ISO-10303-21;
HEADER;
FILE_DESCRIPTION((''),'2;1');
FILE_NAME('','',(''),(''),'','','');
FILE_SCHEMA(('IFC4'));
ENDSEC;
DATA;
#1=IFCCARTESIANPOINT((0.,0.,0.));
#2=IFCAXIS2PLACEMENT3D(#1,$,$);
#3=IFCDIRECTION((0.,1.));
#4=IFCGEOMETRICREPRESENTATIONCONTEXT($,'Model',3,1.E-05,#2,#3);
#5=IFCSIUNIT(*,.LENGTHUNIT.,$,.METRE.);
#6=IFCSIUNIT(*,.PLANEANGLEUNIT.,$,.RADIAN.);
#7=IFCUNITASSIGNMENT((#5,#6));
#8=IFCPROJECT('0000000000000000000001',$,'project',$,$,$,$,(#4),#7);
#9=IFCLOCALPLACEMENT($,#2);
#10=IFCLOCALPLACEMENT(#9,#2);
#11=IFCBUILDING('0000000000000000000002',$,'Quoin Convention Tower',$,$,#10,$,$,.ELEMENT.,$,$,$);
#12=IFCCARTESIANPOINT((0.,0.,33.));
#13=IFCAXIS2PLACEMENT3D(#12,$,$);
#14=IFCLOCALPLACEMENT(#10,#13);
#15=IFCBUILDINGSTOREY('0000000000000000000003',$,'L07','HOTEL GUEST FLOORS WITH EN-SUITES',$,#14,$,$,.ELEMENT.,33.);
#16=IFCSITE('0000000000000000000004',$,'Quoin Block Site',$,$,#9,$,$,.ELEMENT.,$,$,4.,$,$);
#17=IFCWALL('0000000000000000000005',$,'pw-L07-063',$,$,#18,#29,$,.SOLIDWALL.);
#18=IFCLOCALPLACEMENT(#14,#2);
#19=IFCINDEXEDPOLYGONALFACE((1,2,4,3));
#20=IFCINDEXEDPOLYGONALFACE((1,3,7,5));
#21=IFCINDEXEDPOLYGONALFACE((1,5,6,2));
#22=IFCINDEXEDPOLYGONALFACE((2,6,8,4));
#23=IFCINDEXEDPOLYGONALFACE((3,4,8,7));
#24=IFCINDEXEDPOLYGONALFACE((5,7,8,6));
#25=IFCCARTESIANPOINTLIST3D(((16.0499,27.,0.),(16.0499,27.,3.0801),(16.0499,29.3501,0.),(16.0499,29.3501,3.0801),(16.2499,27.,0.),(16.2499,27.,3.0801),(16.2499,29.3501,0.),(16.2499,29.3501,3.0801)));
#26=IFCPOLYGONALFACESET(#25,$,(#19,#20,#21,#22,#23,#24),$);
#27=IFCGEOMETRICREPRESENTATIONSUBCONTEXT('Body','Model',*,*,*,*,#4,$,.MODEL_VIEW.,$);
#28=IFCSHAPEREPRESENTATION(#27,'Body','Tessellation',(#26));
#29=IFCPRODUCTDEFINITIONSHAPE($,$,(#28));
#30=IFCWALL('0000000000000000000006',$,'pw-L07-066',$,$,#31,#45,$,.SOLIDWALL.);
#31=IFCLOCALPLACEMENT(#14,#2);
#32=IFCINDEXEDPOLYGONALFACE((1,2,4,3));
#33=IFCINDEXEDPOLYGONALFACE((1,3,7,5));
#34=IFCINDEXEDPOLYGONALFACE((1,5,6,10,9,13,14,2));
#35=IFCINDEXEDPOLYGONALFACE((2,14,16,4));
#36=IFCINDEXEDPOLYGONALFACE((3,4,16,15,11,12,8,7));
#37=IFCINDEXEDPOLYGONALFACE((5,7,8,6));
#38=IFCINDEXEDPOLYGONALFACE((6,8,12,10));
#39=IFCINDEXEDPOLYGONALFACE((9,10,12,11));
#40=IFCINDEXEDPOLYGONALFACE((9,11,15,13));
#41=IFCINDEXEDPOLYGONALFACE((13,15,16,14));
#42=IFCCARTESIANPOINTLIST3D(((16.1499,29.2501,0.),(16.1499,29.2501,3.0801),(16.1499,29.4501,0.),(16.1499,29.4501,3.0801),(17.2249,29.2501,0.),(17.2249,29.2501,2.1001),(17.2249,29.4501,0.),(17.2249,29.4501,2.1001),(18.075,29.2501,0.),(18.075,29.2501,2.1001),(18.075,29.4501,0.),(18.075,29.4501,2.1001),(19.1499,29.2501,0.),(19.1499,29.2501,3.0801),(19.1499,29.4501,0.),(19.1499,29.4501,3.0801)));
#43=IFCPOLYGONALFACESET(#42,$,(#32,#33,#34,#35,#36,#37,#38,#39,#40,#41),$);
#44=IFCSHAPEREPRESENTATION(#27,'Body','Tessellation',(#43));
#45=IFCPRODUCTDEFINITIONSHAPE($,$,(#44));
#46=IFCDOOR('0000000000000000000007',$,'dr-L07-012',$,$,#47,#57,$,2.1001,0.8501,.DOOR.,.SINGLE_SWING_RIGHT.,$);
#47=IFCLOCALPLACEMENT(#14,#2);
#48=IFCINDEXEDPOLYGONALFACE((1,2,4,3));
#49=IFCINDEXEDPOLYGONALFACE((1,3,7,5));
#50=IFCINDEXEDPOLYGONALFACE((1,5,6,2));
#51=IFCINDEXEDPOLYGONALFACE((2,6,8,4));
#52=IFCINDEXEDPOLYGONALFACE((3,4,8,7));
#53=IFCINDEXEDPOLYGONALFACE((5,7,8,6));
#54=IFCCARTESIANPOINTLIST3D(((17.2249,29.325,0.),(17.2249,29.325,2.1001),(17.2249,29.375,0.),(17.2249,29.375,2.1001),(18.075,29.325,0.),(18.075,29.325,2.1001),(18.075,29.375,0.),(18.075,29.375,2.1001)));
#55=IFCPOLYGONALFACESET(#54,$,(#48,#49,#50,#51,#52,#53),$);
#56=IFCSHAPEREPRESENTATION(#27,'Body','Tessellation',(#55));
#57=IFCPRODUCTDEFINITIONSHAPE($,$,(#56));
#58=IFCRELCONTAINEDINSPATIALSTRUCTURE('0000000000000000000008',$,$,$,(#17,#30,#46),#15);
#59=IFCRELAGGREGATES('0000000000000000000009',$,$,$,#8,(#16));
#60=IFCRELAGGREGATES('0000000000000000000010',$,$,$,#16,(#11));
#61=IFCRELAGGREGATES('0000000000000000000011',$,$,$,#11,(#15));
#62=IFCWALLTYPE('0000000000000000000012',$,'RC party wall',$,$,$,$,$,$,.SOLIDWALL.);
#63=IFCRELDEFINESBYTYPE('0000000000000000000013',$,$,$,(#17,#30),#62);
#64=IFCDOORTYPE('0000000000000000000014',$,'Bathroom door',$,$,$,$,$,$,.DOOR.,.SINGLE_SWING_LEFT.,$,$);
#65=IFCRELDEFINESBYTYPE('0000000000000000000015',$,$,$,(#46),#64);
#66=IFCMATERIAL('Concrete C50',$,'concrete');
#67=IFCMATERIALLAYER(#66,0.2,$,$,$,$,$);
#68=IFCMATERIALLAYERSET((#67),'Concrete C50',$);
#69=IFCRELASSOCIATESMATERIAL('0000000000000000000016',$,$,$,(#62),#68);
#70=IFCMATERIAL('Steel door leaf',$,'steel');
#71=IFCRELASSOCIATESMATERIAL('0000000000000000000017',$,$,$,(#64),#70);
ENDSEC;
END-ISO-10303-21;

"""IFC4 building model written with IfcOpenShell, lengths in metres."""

from ifc_helpers import new_model, si_unit, direction, frame, frame_2d, origin, place, context, subcontext, project, spatial, rectangle, extrude, material, layer, layer_set, type_object, element, fill, save


model = new_model("IFC4")

# Units and contexts
model_context = context("Model", 3, precision=1e-05, world=origin(), true_north=direction((0.0, 1.0)))
body_context = subcontext(model_context, "Body", "Model", "MODEL_VIEW")
ifc_project = project(units=[si_unit("LENGTHUNIT", "METRE"), si_unit("PLANEANGLEUNIT", "RADIAN")], contexts=[model_context])

# Site, building, storey
site_placement = place(None, origin())
site = spatial("IfcSite", under=ifc_project, at=site_placement, Name="Quoin Block Site", CompositionType="ELEMENT", RefElevation=4.0)
building_placement = place(site_placement, origin())
building = spatial("IfcBuilding", under=site, at=building_placement, Name="Quoin Convention Tower", CompositionType="ELEMENT")
storey_placement = place(building_placement, frame((0.0, 0.0, 33.0)))
storey = spatial("IfcBuildingStorey", under=building, at=storey_placement, Name="L07", Description="HOTEL GUEST FLOORS WITH EN-SUITES", CompositionType="ELEMENT", Elevation=33.0)

# Shared definitions
ifc_material_1 = material(Name="Concrete C50", Category="concrete")

# Shared definitions
ifc_layer_1 = layer(ifc_material_1, 0.2)
ifc_layer_set_1 = layer_set([ifc_layer_1], Name="Concrete C50")
wall_type_1 = type_object("IfcWallType", Name="RC party wall", PredefinedType="SOLIDWALL", material=ifc_layer_set_1)

# Shared definitions
ifc_material_2 = material(Name="Steel door leaf", Category="steel")
door_type = type_object("IfcDoorType", Name="Bathroom door", OperationType="SINGLE_SWING_LEFT", PredefinedType="DOOR", material=ifc_material_2)

# Wall
wall_1_placement = place(storey_placement, frame((16.1499, 27.0, 0.0), z_axis=(0.0, 0.0, 1.0), x_axis=(0.0, 1.0, 0.0)))
element("IfcWall", 1, at=wall_1_placement, inside=storey, type_object=wall_type_1, Name="pw-L07-063", PredefinedType="SOLIDWALL", context=body_context, shape_type="SweptSolid", body=[
    extrude(rectangle(XDim=2.3501, YDim=0.2, at=frame_2d((1.175, 0.0))), origin(), (0.0, 0.0, 1.0), 3.0801),
])

# Wall, opening, door
wall_2_placement = place(storey_placement, frame((16.1499, 29.3501, 0.0), z_axis=(0.0, 0.0, 1.0), x_axis=(1.0, 0.0, 0.0)))
wall_2 = element("IfcWall", 2, at=wall_2_placement, inside=storey, type_object=wall_type_1, Name="pw-L07-066", PredefinedType="SOLIDWALL", context=body_context, shape_type="SweptSolid", body=[
    extrude(rectangle(XDim=3.0, YDim=0.2, at=frame_2d((1.5, 0.0))), origin(), (0.0, 0.0, 1.0), 3.0801),
])
opening_1_placement = place(wall_2_placement, frame((1.075, 0.0, 0.0)))
opening_1 = element("IfcOpeningElement", 3, at=opening_1_placement, cuts=wall_2, PredefinedType="OPENING", context=body_context, shape_type="SweptSolid", body=[
    extrude(rectangle(XDim=0.8501, YDim=2.1001, at=frame_2d((0.425, 1.05))), frame((0.0, 0.1099, 0.0), z_axis=(0.0, -1.0, 0.0), x_axis=(1.0, 0.0, 0.0)), (0.0, 0.0, 1.0), 0.22),
])
door_1_placement = place(opening_1_placement, origin())
door_1 = element("IfcDoor", 4, at=door_1_placement, inside=storey, type_object=door_type, Name="dr-L07-012", OperationType="SINGLE_SWING_RIGHT", OverallHeight=2.1001, OverallWidth=0.8501, PredefinedType="DOOR", context=body_context, shape_type="SweptSolid", body=[
    extrude(rectangle(XDim=0.8501, YDim=2.1001, at=frame_2d((0.425, 1.05))), frame((0.0, 0.0249, 0.0), z_axis=(0.0, -1.0, 0.0), x_axis=(1.0, 0.0, 0.0)), (0.0, 0.0, 1.0), 0.05),
])
fill(opening_1, door_1)

save(model, "model.ifc")
